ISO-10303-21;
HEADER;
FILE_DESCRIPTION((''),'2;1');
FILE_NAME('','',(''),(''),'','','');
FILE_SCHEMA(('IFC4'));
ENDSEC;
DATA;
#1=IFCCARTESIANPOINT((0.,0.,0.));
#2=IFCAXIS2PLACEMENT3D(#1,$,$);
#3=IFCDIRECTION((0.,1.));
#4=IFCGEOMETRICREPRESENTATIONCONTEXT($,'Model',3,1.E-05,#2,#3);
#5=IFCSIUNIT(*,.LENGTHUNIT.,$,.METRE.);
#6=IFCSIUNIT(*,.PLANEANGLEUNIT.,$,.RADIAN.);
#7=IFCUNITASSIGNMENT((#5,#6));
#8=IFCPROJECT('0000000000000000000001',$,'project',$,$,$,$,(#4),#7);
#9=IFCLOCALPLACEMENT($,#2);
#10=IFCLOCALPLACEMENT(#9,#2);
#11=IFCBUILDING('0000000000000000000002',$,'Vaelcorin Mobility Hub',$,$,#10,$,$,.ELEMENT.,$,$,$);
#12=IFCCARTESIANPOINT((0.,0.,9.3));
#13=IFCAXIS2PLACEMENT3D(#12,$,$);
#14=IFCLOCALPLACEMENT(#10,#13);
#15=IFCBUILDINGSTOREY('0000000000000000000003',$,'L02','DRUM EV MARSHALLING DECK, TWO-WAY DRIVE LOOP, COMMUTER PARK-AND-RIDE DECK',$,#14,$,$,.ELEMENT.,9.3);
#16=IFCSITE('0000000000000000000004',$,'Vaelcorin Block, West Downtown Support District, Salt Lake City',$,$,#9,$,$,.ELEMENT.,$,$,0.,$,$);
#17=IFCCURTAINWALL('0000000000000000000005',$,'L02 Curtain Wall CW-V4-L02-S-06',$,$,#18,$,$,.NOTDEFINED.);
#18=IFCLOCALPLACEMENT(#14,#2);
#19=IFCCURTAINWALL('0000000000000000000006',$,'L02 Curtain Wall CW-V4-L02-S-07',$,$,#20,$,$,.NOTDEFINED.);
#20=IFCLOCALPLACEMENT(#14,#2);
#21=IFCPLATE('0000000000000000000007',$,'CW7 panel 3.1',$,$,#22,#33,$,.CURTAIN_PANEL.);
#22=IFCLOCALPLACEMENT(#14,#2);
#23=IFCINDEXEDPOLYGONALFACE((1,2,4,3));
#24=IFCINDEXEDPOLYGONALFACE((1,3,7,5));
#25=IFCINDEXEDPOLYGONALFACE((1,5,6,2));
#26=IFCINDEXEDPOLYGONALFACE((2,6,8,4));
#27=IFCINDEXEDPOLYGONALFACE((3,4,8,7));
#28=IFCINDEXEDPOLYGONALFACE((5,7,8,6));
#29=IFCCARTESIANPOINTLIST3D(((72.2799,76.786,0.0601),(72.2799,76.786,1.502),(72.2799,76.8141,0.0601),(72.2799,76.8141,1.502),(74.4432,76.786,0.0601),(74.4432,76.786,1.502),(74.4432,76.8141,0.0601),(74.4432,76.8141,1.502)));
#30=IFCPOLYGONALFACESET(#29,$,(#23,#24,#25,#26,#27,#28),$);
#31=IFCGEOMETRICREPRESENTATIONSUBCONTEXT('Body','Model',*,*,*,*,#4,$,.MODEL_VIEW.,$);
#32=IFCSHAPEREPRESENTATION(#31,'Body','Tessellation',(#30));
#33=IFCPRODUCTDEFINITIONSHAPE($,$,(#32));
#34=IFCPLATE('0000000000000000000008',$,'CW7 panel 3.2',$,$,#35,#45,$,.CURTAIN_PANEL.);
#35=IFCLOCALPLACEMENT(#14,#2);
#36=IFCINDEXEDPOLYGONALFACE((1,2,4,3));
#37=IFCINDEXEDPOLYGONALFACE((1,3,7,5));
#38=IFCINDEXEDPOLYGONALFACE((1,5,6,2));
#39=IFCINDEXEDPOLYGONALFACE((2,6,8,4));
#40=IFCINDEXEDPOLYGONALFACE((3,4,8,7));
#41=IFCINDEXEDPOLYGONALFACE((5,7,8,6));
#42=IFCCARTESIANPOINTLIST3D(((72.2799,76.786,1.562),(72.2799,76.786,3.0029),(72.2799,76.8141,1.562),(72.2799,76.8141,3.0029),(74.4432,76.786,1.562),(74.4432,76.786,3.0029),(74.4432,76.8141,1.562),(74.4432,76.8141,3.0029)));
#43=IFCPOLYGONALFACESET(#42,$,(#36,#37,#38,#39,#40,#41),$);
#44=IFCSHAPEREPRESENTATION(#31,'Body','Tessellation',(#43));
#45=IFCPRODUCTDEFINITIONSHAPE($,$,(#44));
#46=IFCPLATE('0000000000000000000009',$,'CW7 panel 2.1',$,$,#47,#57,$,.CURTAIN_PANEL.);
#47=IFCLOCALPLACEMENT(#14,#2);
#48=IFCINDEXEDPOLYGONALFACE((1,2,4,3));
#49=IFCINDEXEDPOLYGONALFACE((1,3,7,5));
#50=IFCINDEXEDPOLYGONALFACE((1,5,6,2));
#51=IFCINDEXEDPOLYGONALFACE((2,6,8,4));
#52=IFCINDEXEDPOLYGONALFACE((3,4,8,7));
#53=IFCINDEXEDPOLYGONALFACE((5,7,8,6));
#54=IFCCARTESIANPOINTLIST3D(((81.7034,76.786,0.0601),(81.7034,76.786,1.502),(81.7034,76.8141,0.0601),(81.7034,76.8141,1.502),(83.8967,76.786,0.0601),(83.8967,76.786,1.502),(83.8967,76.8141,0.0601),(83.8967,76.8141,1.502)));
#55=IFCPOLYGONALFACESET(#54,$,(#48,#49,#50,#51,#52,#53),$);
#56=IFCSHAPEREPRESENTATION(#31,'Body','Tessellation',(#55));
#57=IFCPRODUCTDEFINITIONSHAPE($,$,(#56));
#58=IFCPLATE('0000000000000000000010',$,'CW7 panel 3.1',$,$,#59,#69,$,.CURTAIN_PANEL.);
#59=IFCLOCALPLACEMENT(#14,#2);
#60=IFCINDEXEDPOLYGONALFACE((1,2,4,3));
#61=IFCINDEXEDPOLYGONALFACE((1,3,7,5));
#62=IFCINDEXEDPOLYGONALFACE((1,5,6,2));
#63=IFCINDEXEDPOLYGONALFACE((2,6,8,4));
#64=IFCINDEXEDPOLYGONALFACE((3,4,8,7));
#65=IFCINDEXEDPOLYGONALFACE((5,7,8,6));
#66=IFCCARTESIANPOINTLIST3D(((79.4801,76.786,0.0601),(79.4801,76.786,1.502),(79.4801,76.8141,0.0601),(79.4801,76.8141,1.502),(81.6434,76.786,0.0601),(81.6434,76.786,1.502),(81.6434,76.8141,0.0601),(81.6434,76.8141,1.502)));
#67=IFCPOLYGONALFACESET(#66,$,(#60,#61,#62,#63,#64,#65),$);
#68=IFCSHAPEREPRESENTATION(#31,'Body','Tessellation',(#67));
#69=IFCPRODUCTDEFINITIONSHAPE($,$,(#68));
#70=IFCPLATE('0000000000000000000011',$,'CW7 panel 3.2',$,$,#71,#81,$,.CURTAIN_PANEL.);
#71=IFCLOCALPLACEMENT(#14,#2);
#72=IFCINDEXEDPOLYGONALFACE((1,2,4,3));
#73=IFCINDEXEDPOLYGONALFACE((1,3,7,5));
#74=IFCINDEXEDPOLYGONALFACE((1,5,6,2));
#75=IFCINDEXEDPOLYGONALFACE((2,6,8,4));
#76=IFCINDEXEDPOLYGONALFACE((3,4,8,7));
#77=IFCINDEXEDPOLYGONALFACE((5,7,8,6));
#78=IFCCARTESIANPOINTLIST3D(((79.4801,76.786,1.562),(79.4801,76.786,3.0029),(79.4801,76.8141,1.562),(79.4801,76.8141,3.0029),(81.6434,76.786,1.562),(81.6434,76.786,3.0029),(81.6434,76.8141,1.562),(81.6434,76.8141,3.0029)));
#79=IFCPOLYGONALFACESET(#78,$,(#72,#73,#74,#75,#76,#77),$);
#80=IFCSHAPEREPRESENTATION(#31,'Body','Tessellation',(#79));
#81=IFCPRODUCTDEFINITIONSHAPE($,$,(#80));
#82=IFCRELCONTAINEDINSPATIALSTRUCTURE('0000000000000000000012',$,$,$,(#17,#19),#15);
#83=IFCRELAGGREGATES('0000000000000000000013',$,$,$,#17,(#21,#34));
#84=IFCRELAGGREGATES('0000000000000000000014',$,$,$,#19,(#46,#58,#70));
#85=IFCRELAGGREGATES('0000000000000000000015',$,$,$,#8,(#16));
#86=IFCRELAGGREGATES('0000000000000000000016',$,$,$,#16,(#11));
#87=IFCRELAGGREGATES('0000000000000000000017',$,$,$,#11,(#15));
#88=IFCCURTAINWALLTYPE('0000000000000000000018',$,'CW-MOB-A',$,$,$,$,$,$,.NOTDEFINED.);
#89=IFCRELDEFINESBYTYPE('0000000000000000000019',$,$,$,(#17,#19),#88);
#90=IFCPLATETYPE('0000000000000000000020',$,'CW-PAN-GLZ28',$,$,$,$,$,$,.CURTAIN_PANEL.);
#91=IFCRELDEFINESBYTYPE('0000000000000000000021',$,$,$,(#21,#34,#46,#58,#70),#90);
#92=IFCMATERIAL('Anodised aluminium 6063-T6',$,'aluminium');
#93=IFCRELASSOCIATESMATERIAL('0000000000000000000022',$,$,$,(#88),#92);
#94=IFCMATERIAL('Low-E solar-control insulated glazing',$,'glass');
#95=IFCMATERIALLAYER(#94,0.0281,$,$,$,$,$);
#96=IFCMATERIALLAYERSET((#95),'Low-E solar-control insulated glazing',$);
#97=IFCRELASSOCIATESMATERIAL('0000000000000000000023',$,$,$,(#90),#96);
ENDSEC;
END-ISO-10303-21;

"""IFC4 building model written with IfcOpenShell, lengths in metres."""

from ifc_helpers import new_model, si_unit, direction, frame, origin, origin_2d, place, context, subcontext, project, spatial, rectangle, extrude, material, layer, layer_set, type_object, element, aggregate, save


model = new_model("IFC4")

# Units and contexts
model_context = context("Model", 3, precision=1e-05, world=origin(), true_north=direction((0.0, 1.0)))
body_context = subcontext(model_context, "Body", "Model", "MODEL_VIEW")
ifc_project = project(units=[si_unit("LENGTHUNIT", "METRE"), si_unit("PLANEANGLEUNIT", "RADIAN")], contexts=[model_context])

# Site, building, storey
site_placement = place(None, origin())
site = spatial("IfcSite", under=ifc_project, at=site_placement, Name="Vaelcorin Block, West Downtown Support District, Salt Lake City", CompositionType="ELEMENT", RefElevation=0.0)
building_placement = place(site_placement, origin())
building = spatial("IfcBuilding", under=site, at=building_placement, Name="Vaelcorin Mobility Hub", CompositionType="ELEMENT")
storey_placement = place(building_placement, frame((0.0, 0.0, 9.3)))
storey = spatial("IfcBuildingStorey", under=building, at=storey_placement, Name="L02", Description="DRUM EV MARSHALLING DECK, TWO-WAY DRIVE LOOP, COMMUTER PARK-AND-RIDE DECK", CompositionType="ELEMENT", Elevation=9.3)

# Curtain walls
ifc_material_1 = material(Name="Anodised aluminium 6063-T6", Category="aluminium")
curtain_wall_type = type_object("IfcCurtainWallType", Name="CW-MOB-A", PredefinedType="NOTDEFINED", material=ifc_material_1)
curtain_wall_1_placement = place(storey_placement, origin())
curtain_wall_1 = element("IfcCurtainWall", 1, at=curtain_wall_1_placement, inside=storey, type_object=curtain_wall_type, Name="L02 Curtain Wall CW-V4-L02-S-06", PredefinedType="NOTDEFINED")
curtain_wall_2_placement = place(storey_placement, origin())
curtain_wall_2 = element("IfcCurtainWall", 2, at=curtain_wall_2_placement, inside=storey, type_object=curtain_wall_type, Name="L02 Curtain Wall CW-V4-L02-S-07", PredefinedType="NOTDEFINED")

# Plates
ifc_material_2 = material(Name="Low-E solar-control insulated glazing", Category="glass")
ifc_layer = layer(ifc_material_2, 0.0281)
ifc_layer_set = layer_set([ifc_layer], Name="Low-E solar-control insulated glazing")
plate_type = type_object("IfcPlateType", Name="CW-PAN-GLZ28", PredefinedType="CURTAIN_PANEL", material=ifc_layer_set)
plate_1_placement = place(storey_placement, frame((73.3616, 76.8, 0.0601), z_axis=(0.0, 0.0, 1.0), x_axis=(-1.0, 0.0, 0.0)))
plate_1 = element("IfcPlate", 3, at=plate_1_placement, type_object=plate_type, Name="CW7 panel 3.1", PredefinedType="CURTAIN_PANEL", context=body_context, shape_type="SweptSolid", body=[
    extrude(rectangle(XDim=2.1633, YDim=0.0281, at=origin_2d()), origin(), (0.0, 0.0, 1.0), 1.4419),
])
plate_2_placement = place(storey_placement, frame((73.3616, 76.8, 1.562), z_axis=(0.0, 0.0, 1.0), x_axis=(-1.0, 0.0, 0.0)))
plate_2 = element("IfcPlate", 4, at=plate_2_placement, type_object=plate_type, Name="CW7 panel 3.2", PredefinedType="CURTAIN_PANEL", context=body_context, shape_type="SweptSolid", body=[
    extrude(rectangle(XDim=2.1633, YDim=0.0281, at=origin_2d()), origin(), (0.0, 0.0, 1.0), 1.4409),
])
aggregate(curtain_wall_1, [plate_1, plate_2])
plate_3_placement = place(storey_placement, frame((82.8, 76.8, 0.0601), z_axis=(0.0, 0.0, 1.0), x_axis=(-1.0, 0.0, 0.0)))
plate_3 = element("IfcPlate", 5, at=plate_3_placement, type_object=plate_type, Name="CW7 panel 2.1", PredefinedType="CURTAIN_PANEL", context=body_context, shape_type="SweptSolid", body=[
    extrude(rectangle(XDim=2.1934, YDim=0.0281, at=origin_2d()), origin(), (0.0, 0.0, 1.0), 1.4419),
])
plate_4_placement = place(storey_placement, frame((80.5618, 76.8, 0.0601), z_axis=(0.0, 0.0, 1.0), x_axis=(-1.0, 0.0, 0.0)))
plate_4 = element("IfcPlate", 6, at=plate_4_placement, type_object=plate_type, Name="CW7 panel 3.1", PredefinedType="CURTAIN_PANEL", context=body_context, shape_type="SweptSolid", body=[
    extrude(rectangle(XDim=2.1633, YDim=0.0281, at=origin_2d()), origin(), (0.0, 0.0, 1.0), 1.4419),
])
plate_5_placement = place(storey_placement, frame((80.5618, 76.8, 1.562), z_axis=(0.0, 0.0, 1.0), x_axis=(-1.0, 0.0, 0.0)))
plate_5 = element("IfcPlate", 7, at=plate_5_placement, type_object=plate_type, Name="CW7 panel 3.2", PredefinedType="CURTAIN_PANEL", context=body_context, shape_type="SweptSolid", body=[
    extrude(rectangle(XDim=2.1633, YDim=0.0281, at=origin_2d()), origin(), (0.0, 0.0, 1.0), 1.4409),
])
aggregate(curtain_wall_2, [plate_3, plate_4, plate_5])

save(model, "model.ifc")
